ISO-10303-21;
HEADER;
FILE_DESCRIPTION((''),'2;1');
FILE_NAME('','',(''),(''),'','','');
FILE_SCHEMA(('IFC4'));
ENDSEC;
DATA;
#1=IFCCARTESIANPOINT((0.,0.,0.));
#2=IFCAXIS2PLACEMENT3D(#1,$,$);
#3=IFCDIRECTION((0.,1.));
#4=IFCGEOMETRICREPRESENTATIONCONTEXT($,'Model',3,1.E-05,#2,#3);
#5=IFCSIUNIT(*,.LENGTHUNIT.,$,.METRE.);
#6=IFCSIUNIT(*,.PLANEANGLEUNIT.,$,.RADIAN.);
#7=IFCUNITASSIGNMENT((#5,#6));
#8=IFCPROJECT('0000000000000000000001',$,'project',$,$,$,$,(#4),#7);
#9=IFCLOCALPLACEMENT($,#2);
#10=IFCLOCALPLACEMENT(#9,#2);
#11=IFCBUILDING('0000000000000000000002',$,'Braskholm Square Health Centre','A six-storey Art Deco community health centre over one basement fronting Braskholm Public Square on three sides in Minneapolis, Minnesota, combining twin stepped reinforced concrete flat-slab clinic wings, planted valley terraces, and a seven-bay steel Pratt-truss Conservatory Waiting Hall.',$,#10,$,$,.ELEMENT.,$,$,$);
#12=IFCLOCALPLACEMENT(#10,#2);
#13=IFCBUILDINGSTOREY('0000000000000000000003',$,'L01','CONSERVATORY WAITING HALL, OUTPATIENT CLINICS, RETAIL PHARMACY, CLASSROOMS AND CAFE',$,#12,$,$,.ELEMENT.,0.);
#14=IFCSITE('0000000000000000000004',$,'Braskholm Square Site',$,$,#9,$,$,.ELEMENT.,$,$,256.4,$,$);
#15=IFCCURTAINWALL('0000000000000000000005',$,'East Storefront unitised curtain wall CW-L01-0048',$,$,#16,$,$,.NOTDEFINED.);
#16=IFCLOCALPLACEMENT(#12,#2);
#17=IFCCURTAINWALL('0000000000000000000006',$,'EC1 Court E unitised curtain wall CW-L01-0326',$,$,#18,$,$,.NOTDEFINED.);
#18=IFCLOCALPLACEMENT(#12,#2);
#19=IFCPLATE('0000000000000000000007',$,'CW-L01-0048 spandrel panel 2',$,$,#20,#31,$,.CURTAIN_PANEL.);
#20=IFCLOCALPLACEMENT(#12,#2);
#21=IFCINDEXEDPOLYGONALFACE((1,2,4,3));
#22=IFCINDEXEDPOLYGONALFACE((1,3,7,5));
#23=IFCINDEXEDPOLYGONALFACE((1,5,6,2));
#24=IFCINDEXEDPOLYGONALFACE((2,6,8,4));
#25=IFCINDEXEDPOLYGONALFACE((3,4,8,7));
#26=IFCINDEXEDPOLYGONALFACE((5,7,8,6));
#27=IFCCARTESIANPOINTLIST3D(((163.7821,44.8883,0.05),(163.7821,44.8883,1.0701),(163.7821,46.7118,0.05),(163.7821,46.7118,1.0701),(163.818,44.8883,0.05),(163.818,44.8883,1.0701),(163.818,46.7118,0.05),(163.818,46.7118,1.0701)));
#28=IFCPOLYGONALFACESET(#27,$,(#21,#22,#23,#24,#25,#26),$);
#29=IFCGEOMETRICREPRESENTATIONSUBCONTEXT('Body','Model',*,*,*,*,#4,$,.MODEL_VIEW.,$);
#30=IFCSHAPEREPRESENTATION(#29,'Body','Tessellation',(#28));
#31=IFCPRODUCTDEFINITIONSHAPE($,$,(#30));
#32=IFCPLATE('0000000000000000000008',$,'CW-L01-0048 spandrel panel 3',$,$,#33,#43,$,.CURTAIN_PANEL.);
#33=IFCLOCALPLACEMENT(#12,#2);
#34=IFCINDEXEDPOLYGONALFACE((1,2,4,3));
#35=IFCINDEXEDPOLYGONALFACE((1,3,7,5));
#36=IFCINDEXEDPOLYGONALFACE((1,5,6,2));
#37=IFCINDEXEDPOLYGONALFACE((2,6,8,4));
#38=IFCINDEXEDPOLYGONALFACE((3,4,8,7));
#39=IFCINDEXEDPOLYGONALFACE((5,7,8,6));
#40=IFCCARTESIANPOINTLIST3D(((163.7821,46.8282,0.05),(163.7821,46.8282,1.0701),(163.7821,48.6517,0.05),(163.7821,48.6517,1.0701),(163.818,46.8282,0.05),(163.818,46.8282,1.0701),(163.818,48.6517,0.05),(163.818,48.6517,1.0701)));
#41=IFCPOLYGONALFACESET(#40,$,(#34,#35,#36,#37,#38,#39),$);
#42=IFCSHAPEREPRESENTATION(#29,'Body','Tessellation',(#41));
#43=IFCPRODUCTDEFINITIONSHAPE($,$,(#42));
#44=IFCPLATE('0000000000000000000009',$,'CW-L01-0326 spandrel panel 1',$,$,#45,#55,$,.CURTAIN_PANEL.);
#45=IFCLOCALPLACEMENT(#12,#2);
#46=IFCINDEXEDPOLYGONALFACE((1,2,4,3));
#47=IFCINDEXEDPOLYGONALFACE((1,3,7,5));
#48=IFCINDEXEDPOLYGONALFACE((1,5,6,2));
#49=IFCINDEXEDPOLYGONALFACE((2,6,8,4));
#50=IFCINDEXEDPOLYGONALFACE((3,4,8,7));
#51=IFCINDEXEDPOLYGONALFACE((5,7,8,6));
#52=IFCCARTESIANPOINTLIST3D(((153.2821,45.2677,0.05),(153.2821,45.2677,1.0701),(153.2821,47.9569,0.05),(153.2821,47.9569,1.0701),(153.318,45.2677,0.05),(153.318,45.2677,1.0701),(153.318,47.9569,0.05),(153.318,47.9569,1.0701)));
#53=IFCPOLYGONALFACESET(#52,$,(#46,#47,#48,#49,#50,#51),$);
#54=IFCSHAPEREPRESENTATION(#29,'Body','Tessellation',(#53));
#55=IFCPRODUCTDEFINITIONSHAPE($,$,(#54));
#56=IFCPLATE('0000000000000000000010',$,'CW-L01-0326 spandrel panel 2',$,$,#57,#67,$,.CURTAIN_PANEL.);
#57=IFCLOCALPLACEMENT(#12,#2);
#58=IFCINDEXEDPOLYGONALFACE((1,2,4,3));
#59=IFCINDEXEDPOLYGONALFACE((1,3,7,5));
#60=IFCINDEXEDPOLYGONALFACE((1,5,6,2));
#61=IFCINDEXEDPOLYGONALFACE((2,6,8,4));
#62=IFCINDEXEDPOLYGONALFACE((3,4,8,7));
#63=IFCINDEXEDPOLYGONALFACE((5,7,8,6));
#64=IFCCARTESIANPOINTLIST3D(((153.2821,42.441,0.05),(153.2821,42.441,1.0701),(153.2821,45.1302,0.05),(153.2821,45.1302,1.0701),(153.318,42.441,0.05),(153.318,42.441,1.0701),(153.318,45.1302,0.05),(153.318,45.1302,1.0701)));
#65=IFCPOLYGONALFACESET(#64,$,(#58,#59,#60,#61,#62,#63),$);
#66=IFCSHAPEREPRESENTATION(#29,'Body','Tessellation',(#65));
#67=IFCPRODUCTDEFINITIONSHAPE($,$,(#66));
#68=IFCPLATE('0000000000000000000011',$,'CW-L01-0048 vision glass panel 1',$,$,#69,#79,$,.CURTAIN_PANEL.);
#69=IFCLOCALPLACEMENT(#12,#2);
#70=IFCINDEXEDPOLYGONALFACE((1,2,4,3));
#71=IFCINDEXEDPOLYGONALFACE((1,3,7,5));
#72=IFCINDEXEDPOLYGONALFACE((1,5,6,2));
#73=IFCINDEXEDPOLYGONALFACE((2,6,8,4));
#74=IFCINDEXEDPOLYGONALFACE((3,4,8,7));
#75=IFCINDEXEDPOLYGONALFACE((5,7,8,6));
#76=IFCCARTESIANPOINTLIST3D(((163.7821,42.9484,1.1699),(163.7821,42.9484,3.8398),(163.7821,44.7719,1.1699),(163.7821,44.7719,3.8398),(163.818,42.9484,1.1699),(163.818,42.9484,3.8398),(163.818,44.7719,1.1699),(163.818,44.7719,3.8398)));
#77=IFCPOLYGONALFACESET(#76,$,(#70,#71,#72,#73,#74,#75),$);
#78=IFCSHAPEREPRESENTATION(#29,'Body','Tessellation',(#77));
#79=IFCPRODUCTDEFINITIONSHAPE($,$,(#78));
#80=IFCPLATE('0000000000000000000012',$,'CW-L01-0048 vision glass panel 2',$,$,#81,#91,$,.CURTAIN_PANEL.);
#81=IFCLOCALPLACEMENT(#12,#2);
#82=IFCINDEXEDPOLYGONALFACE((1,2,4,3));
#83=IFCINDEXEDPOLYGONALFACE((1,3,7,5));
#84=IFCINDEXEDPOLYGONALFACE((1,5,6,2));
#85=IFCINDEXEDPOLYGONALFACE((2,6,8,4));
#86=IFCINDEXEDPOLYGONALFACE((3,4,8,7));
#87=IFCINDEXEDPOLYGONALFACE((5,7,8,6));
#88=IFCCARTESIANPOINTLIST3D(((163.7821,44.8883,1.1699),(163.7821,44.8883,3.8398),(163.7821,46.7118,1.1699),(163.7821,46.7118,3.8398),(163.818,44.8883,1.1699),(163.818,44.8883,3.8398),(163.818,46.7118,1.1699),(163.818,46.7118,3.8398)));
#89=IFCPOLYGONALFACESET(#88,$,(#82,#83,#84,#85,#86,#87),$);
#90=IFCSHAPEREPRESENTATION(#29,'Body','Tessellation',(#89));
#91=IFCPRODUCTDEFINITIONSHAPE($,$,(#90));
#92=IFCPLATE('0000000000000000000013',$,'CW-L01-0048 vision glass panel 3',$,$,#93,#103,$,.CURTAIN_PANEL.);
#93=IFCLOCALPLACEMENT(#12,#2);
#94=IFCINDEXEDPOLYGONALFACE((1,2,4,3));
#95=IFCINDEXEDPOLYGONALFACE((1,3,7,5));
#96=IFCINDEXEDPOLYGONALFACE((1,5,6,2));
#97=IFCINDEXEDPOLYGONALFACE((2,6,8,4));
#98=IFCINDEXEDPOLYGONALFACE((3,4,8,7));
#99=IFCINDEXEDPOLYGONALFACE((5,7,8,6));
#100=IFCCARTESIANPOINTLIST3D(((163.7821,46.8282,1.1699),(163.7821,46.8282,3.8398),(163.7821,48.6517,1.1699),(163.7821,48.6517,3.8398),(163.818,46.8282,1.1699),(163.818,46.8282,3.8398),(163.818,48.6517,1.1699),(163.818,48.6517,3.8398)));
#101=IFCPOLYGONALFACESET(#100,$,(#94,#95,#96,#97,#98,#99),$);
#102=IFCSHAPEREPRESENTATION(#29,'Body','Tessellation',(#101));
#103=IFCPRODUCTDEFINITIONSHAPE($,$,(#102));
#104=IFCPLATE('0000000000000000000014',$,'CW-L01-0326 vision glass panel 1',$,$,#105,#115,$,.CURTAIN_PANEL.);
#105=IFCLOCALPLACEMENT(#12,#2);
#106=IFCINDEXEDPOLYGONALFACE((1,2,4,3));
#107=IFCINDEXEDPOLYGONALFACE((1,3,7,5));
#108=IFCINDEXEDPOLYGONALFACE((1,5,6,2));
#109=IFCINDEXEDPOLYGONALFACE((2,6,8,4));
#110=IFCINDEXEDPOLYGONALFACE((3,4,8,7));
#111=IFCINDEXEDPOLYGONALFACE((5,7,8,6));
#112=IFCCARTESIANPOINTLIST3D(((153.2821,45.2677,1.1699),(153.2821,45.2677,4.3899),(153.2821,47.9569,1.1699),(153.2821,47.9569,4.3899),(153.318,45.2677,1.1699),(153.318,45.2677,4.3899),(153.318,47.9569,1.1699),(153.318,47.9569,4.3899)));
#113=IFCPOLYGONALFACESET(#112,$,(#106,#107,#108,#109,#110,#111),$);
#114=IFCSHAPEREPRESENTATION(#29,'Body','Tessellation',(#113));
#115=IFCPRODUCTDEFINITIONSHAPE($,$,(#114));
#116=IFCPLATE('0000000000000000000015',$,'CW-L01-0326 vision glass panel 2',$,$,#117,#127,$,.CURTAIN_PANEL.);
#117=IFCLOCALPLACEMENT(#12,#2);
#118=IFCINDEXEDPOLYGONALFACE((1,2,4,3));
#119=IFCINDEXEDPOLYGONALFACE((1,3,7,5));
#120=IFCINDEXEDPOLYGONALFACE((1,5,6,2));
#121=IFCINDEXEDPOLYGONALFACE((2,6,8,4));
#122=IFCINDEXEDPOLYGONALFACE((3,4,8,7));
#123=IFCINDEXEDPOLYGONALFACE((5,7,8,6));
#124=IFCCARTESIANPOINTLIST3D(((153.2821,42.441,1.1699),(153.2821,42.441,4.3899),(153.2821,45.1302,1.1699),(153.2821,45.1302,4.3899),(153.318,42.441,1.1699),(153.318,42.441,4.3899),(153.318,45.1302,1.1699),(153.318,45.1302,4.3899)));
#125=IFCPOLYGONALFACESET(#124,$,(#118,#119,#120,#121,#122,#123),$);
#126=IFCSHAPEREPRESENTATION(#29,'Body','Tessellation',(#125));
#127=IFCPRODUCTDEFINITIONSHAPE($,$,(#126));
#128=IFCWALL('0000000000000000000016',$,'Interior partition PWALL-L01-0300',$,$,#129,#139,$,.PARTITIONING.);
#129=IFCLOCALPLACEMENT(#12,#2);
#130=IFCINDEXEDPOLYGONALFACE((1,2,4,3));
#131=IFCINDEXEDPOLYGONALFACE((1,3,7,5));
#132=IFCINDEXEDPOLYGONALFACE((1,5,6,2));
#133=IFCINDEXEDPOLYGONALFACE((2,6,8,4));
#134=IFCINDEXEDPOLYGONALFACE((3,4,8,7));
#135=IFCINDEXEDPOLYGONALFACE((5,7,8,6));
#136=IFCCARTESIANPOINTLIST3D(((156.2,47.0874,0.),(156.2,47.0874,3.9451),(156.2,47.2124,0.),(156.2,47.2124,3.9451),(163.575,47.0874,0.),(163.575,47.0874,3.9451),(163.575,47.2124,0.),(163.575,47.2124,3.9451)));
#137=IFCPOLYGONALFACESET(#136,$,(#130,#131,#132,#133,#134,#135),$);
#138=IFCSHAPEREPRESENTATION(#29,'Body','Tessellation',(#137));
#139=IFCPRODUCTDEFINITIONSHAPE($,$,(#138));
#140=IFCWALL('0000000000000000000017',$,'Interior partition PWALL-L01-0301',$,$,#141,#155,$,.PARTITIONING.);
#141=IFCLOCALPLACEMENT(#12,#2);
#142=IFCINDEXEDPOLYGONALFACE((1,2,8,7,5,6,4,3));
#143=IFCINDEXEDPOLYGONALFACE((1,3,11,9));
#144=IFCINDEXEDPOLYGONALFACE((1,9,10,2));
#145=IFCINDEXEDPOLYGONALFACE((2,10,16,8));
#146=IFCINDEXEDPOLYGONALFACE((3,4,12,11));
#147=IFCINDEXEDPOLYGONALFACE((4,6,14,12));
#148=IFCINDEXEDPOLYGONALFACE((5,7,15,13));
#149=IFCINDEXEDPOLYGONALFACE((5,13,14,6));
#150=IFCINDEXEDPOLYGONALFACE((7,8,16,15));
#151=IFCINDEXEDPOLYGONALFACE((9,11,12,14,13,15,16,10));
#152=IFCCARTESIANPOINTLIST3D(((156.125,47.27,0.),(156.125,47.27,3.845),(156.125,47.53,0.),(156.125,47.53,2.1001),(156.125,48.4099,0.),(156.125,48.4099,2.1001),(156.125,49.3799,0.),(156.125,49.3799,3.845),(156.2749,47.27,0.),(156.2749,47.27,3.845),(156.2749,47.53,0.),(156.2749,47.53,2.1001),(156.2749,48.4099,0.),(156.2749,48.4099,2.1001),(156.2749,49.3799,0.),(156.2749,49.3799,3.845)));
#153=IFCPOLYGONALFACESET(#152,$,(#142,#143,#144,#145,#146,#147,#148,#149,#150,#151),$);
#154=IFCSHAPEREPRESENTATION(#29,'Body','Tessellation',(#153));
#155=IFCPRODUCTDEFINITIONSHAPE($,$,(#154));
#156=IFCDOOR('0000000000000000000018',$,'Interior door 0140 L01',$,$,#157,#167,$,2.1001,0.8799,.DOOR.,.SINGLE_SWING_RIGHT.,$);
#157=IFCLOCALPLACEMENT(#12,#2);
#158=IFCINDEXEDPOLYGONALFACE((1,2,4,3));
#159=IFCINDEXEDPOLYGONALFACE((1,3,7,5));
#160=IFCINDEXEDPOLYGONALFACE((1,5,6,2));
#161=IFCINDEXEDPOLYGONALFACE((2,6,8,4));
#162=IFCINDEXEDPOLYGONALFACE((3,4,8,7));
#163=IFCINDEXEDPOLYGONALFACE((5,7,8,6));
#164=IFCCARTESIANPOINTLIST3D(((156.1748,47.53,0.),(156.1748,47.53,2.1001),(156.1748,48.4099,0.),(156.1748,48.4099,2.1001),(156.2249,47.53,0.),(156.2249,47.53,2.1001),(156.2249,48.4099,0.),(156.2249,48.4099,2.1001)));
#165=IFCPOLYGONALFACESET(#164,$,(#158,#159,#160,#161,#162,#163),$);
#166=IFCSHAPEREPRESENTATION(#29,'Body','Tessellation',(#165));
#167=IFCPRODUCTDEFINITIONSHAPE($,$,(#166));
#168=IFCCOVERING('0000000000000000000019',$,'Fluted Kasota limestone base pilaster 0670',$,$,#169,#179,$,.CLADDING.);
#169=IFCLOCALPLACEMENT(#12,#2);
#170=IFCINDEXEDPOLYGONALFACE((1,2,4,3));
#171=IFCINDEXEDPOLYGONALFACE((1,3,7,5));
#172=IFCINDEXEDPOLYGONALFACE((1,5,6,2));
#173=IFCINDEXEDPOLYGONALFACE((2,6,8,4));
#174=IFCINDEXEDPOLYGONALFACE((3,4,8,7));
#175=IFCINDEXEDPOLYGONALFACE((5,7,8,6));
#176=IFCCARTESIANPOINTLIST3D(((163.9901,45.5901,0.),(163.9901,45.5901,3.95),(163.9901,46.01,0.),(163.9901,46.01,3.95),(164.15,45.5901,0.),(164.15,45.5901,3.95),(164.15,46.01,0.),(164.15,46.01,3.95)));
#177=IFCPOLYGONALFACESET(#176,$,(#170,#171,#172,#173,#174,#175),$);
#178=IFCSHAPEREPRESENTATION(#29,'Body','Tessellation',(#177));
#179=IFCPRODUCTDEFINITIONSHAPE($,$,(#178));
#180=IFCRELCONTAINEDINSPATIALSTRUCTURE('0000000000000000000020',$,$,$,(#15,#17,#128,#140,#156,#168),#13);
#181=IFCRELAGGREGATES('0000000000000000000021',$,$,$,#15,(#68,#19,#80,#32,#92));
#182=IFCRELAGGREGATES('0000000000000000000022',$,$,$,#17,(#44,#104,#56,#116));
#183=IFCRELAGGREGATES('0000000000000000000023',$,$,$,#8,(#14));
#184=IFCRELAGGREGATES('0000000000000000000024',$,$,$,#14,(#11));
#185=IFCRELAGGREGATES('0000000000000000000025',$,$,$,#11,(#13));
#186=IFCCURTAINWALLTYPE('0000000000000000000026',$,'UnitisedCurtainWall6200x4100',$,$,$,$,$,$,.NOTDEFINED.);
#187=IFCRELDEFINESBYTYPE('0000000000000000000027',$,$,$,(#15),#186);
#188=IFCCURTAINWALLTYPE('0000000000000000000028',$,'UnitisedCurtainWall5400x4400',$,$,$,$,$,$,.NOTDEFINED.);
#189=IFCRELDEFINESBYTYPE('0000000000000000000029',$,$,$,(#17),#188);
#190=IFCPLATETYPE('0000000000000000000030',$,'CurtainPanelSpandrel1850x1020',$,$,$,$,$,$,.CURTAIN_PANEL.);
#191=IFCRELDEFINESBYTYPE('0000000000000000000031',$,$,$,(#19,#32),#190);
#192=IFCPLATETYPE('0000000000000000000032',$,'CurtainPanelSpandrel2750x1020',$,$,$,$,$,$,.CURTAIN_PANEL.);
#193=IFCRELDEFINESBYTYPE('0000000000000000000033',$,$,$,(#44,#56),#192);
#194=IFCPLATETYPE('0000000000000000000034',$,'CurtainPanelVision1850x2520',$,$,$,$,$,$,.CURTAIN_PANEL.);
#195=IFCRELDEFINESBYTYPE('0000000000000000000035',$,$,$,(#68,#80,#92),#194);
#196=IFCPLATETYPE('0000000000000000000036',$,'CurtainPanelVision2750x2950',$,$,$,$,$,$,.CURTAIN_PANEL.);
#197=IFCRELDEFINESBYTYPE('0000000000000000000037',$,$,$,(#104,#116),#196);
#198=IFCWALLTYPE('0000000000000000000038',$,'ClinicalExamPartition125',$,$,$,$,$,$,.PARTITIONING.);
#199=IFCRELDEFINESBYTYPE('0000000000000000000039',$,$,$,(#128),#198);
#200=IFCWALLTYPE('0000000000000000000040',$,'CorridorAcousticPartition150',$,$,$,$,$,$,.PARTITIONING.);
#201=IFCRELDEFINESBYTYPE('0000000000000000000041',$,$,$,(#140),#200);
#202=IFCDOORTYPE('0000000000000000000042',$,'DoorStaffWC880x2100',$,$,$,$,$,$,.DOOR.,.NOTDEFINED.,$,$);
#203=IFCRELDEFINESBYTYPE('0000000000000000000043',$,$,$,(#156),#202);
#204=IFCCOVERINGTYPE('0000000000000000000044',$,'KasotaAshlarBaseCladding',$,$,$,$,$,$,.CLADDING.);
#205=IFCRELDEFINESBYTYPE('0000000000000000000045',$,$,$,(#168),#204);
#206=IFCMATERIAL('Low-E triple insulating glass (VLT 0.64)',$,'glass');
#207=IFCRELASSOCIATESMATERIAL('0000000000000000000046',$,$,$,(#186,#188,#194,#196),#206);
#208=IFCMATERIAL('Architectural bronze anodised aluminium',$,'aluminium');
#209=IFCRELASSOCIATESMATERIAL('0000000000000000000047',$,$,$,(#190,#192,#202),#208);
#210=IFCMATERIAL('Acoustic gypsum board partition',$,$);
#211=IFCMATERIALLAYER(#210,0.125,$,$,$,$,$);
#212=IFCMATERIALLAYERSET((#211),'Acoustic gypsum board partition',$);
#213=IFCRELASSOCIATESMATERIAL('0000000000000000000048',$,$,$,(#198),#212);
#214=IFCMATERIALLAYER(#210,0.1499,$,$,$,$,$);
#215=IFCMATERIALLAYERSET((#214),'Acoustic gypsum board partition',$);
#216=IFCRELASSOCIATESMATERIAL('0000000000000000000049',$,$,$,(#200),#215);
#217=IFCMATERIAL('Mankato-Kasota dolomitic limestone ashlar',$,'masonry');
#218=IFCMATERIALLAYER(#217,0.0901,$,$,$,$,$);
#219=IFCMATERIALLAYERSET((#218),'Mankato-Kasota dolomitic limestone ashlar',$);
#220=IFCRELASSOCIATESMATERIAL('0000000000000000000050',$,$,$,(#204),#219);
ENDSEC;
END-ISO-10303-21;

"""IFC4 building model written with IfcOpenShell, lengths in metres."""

from ifc_helpers import new_model, si_unit, direction, frame, frame_2d, origin, origin_2d, place, context, subcontext, project, spatial, rectangle, extrude, material, layer, layer_set, type_object, element, fill, aggregate, save


model = new_model("IFC4")

# Units and contexts
model_context = context("Model", 3, precision=1e-05, world=origin(), true_north=direction((0.0, 1.0)))
body_context = subcontext(model_context, "Body", "Model", "MODEL_VIEW")
ifc_project = project(units=[si_unit("LENGTHUNIT", "METRE"), si_unit("PLANEANGLEUNIT", "RADIAN")], contexts=[model_context])

# Site, building, storey
site_placement = place(None, origin())
site = spatial("IfcSite", under=ifc_project, at=site_placement, Name="Braskholm Square Site", CompositionType="ELEMENT", RefElevation=256.4)
building_placement = place(site_placement, origin())
building = spatial("IfcBuilding", under=site, at=building_placement, Name="Braskholm Square Health Centre", Description="A six-storey Art Deco community health centre over one basement fronting Braskholm Public Square on three sides in Minneapolis, Minnesota, combining twin stepped reinforced concrete flat-slab clinic wings, planted valley terraces, and a seven-bay steel Pratt-truss Conservatory Waiting Hall.", CompositionType="ELEMENT")
storey_placement = place(building_placement, origin())
storey = spatial("IfcBuildingStorey", under=building, at=storey_placement, Name="L01", Description="CONSERVATORY WAITING HALL, OUTPATIENT CLINICS, RETAIL PHARMACY, CLASSROOMS AND CAFE", CompositionType="ELEMENT", Elevation=0.0)

# Curtain wall
ifc_material_1 = material(Name="Low-E triple insulating glass (VLT 0.64)", Category="glass")
curtain_wall_type_1 = type_object("IfcCurtainWallType", Name="UnitisedCurtainWall6200x4100", PredefinedType="NOTDEFINED", material=ifc_material_1)
curtain_wall_1_placement = place(storey_placement, origin())
curtain_wall_1 = element("IfcCurtainWall", 1, at=curtain_wall_1_placement, inside=storey, type_object=curtain_wall_type_1, Name="East Storefront unitised curtain wall CW-L01-0048", PredefinedType="NOTDEFINED")
ifc_material_2 = material(Name="Architectural bronze anodised aluminium", Category="aluminium")

# Curtain wall
curtain_wall_type_2 = type_object("IfcCurtainWallType", Name="UnitisedCurtainWall5400x4400", PredefinedType="NOTDEFINED", material=ifc_material_1)
curtain_wall_2_placement = place(storey_placement, origin())
curtain_wall_2 = element("IfcCurtainWall", 2, at=curtain_wall_2_placement, inside=storey, type_object=curtain_wall_type_2, Name="EC1 Court E unitised curtain wall CW-L01-0326", PredefinedType="NOTDEFINED")

# Plates
plate_type_1 = type_object("IfcPlateType", Name="CurtainPanelSpandrel1850x1020", PredefinedType="CURTAIN_PANEL", material=ifc_material_2)
plate_1_placement = place(storey_placement, frame((163.8, 45.8, 0.05), z_axis=(0.0, 0.0, 1.0), x_axis=(0.0, 1.0, 0.0)))
plate_1 = element("IfcPlate", 3, at=plate_1_placement, type_object=plate_type_1, Name="CW-L01-0048 spandrel panel 2", PredefinedType="CURTAIN_PANEL", context=body_context, shape_type="SweptSolid", body=[
    extrude(rectangle(XDim=1.8235, YDim=0.0359, at=origin_2d()), origin(), (0.0, 0.0, 1.0), 1.02),
])
plate_2_placement = place(storey_placement, frame((163.8, 47.74, 0.05), z_axis=(0.0, 0.0, 1.0), x_axis=(0.0, 1.0, 0.0)))
plate_2 = element("IfcPlate", 4, at=plate_2_placement, type_object=plate_type_1, Name="CW-L01-0048 spandrel panel 3", PredefinedType="CURTAIN_PANEL", context=body_context, shape_type="SweptSolid", body=[
    extrude(rectangle(XDim=1.8235, YDim=0.0359, at=origin_2d()), origin(), (0.0, 0.0, 1.0), 1.02),
])
plate_type_2 = type_object("IfcPlateType", Name="CurtainPanelSpandrel2750x1020", PredefinedType="CURTAIN_PANEL", material=ifc_material_2)
plate_3_placement = place(storey_placement, frame((153.3, 46.6123, 0.05), z_axis=(0.0, 0.0, 1.0), x_axis=(0.0, -1.0, 0.0)))
plate_3 = element("IfcPlate", 5, at=plate_3_placement, type_object=plate_type_2, Name="CW-L01-0326 spandrel panel 1", PredefinedType="CURTAIN_PANEL", context=body_context, shape_type="SweptSolid", body=[
    extrude(rectangle(XDim=2.6892, YDim=0.0359, at=origin_2d()), origin(), (0.0, 0.0, 1.0), 1.02),
])
plate_4_placement = place(storey_placement, frame((153.3, 43.7856, 0.05), z_axis=(0.0, 0.0, 1.0), x_axis=(0.0, -1.0, 0.0)))
plate_4 = element("IfcPlate", 6, at=plate_4_placement, type_object=plate_type_2, Name="CW-L01-0326 spandrel panel 2", PredefinedType="CURTAIN_PANEL", context=body_context, shape_type="SweptSolid", body=[
    extrude(rectangle(XDim=2.6892, YDim=0.0359, at=origin_2d()), origin(), (0.0, 0.0, 1.0), 1.02),
])
plate_type_3 = type_object("IfcPlateType", Name="CurtainPanelVision1850x2520", PredefinedType="CURTAIN_PANEL", material=ifc_material_1)
plate_5_placement = place(storey_placement, frame((163.8, 43.8601, 1.1699), z_axis=(0.0, 0.0, 1.0), x_axis=(0.0, 1.0, 0.0)))
plate_5 = element("IfcPlate", 7, at=plate_5_placement, type_object=plate_type_3, Name="CW-L01-0048 vision glass panel 1", PredefinedType="CURTAIN_PANEL", context=body_context, shape_type="SweptSolid", body=[
    extrude(rectangle(XDim=1.8235, YDim=0.0359, at=origin_2d()), origin(), (0.0, 0.0, 1.0), 2.6699),
])
plate_6_placement = place(storey_placement, frame((163.8, 45.8, 1.1699), z_axis=(0.0, 0.0, 1.0), x_axis=(0.0, 1.0, 0.0)))
plate_6 = element("IfcPlate", 8, at=plate_6_placement, type_object=plate_type_3, Name="CW-L01-0048 vision glass panel 2", PredefinedType="CURTAIN_PANEL", context=body_context, shape_type="SweptSolid", body=[
    extrude(rectangle(XDim=1.8235, YDim=0.0359, at=origin_2d()), origin(), (0.0, 0.0, 1.0), 2.6699),
])
plate_7_placement = place(storey_placement, frame((163.8, 47.74, 1.1699), z_axis=(0.0, 0.0, 1.0), x_axis=(0.0, 1.0, 0.0)))
plate_7 = element("IfcPlate", 9, at=plate_7_placement, type_object=plate_type_3, Name="CW-L01-0048 vision glass panel 3", PredefinedType="CURTAIN_PANEL", context=body_context, shape_type="SweptSolid", body=[
    extrude(rectangle(XDim=1.8235, YDim=0.0359, at=origin_2d()), origin(), (0.0, 0.0, 1.0), 2.6699),
])
aggregate(curtain_wall_1, [plate_5, plate_1, plate_6, plate_2, plate_7])
plate_type_4 = type_object("IfcPlateType", Name="CurtainPanelVision2750x2950", PredefinedType="CURTAIN_PANEL", material=ifc_material_1)
plate_8_placement = place(storey_placement, frame((153.3, 46.6123, 1.1699), z_axis=(0.0, 0.0, 1.0), x_axis=(0.0, -1.0, 0.0)))
plate_8 = element("IfcPlate", 10, at=plate_8_placement, type_object=plate_type_4, Name="CW-L01-0326 vision glass panel 1", PredefinedType="CURTAIN_PANEL", context=body_context, shape_type="SweptSolid", body=[
    extrude(rectangle(XDim=2.6892, YDim=0.0359, at=origin_2d()), origin(), (0.0, 0.0, 1.0), 3.22),
])
plate_9_placement = place(storey_placement, frame((153.3, 43.7856, 1.1699), z_axis=(0.0, 0.0, 1.0), x_axis=(0.0, -1.0, 0.0)))
plate_9 = element("IfcPlate", 11, at=plate_9_placement, type_object=plate_type_4, Name="CW-L01-0326 vision glass panel 2", PredefinedType="CURTAIN_PANEL", context=body_context, shape_type="SweptSolid", body=[
    extrude(rectangle(XDim=2.6892, YDim=0.0359, at=origin_2d()), origin(), (0.0, 0.0, 1.0), 3.22),
])
aggregate(curtain_wall_2, [plate_3, plate_8, plate_4, plate_9])

# Wall
ifc_material_3 = material(Name="Acoustic gypsum board partition")
ifc_layer_1 = layer(ifc_material_3, 0.125)
ifc_layer_set_1 = layer_set([ifc_layer_1], Name="Acoustic gypsum board partition")
wall_type_1 = type_object("IfcWallType", Name="ClinicalExamPartition125", PredefinedType="PARTITIONING", material=ifc_layer_set_1)
wall_1_placement = place(storey_placement, frame((156.2, 47.1499, 0.0), z_axis=(0.0, 0.0, 1.0), x_axis=(1.0, 0.0, 0.0)))
element("IfcWall", 12, at=wall_1_placement, inside=storey, type_object=wall_type_1, Name="Interior partition PWALL-L01-0300", PredefinedType="PARTITIONING", context=body_context, shape_type="SweptSolid", body=[
    extrude(rectangle(XDim=7.375, YDim=0.125, at=frame_2d((3.6875, 0.0))), origin(), (0.0, 0.0, 1.0), 3.9451),
])

# Wall, opening, door
ifc_layer_2 = layer(ifc_material_3, 0.1499)
ifc_layer_set_2 = layer_set([ifc_layer_2], Name="Acoustic gypsum board partition")
wall_type_2 = type_object("IfcWallType", Name="CorridorAcousticPartition150", PredefinedType="PARTITIONING", material=ifc_layer_set_2)
wall_2_placement = place(storey_placement, frame((156.2, 47.27, 0.0), z_axis=(0.0, 0.0, 1.0), x_axis=(0.0, 1.0, 0.0)))
wall_2 = element("IfcWall", 13, at=wall_2_placement, inside=storey, type_object=wall_type_2, Name="Interior partition PWALL-L01-0301", PredefinedType="PARTITIONING", context=body_context, shape_type="SweptSolid", body=[
    extrude(rectangle(XDim=2.1099, YDim=0.1499, at=frame_2d((1.0549, 0.0))), origin(), (0.0, 0.0, 1.0), 3.845),
])
opening_placement = place(wall_2_placement, frame((0.26, 0.0, 0.0)))
opening = element("IfcOpeningElement", 14, at=opening_placement, cuts=wall_2, PredefinedType="OPENING", context=body_context, shape_type="SweptSolid", body=[
    extrude(rectangle(XDim=0.8799, YDim=2.1001, at=frame_2d((0.4399, 1.05))), frame((0.0, 0.085, 0.0), z_axis=(0.0, -1.0, 0.0), x_axis=(1.0, 0.0, 0.0)), (0.0, 0.0, 1.0), 0.1699),
])
door_type = type_object("IfcDoorType", Name="DoorStaffWC880x2100", OperationType="NOTDEFINED", PredefinedType="DOOR", material=ifc_material_2)
door_placement = place(opening_placement, frame((0.8799, 0.0, 0.0), z_axis=(0.0, 0.0, 1.0), x_axis=(-1.0, 0.0, 0.0)))
door = element("IfcDoor", 15, at=door_placement, inside=storey, type_object=door_type, Name="Interior door 0140 L01", OperationType="SINGLE_SWING_RIGHT", OverallHeight=2.1001, OverallWidth=0.8799, PredefinedType="DOOR", context=body_context, shape_type="SweptSolid", body=[
    extrude(rectangle(XDim=0.8799, YDim=2.1001, at=frame_2d((0.4399, 1.05))), frame((0.0, 0.0249, 0.0), z_axis=(0.0, -1.0, 0.0), x_axis=(1.0, 0.0, 0.0)), (0.0, 0.0, 1.0), 0.05),
])
fill(opening, door)

# Covering
ifc_material_4 = material(Name="Mankato-Kasota dolomitic limestone ashlar", Category="masonry")
ifc_layer_3 = layer(ifc_material_4, 0.0901)
ifc_layer_set_3 = layer_set([ifc_layer_3], Name="Mankato-Kasota dolomitic limestone ashlar")
covering_type_1 = type_object("IfcCoveringType", Name="KasotaAshlarBaseCladding", PredefinedType="CLADDING", material=ifc_layer_set_3)
covering_1_placement = place(storey_placement, frame((164.0701, 45.8, 0.0), z_axis=(0.0, 0.0, 1.0), x_axis=(1.0, 0.0, 0.0)))
element("IfcCovering", 16, at=covering_1_placement, inside=storey, type_object=covering_type_1, Name="Fluted Kasota limestone base pilaster 0670", PredefinedType="CLADDING", context=body_context, shape_type="SweptSolid", body=[
    extrude(rectangle(XDim=0.1599, YDim=0.4199, at=origin_2d()), origin(), (0.0, 0.0, 1.0), 3.95),
])

save(model, "model.ifc")
